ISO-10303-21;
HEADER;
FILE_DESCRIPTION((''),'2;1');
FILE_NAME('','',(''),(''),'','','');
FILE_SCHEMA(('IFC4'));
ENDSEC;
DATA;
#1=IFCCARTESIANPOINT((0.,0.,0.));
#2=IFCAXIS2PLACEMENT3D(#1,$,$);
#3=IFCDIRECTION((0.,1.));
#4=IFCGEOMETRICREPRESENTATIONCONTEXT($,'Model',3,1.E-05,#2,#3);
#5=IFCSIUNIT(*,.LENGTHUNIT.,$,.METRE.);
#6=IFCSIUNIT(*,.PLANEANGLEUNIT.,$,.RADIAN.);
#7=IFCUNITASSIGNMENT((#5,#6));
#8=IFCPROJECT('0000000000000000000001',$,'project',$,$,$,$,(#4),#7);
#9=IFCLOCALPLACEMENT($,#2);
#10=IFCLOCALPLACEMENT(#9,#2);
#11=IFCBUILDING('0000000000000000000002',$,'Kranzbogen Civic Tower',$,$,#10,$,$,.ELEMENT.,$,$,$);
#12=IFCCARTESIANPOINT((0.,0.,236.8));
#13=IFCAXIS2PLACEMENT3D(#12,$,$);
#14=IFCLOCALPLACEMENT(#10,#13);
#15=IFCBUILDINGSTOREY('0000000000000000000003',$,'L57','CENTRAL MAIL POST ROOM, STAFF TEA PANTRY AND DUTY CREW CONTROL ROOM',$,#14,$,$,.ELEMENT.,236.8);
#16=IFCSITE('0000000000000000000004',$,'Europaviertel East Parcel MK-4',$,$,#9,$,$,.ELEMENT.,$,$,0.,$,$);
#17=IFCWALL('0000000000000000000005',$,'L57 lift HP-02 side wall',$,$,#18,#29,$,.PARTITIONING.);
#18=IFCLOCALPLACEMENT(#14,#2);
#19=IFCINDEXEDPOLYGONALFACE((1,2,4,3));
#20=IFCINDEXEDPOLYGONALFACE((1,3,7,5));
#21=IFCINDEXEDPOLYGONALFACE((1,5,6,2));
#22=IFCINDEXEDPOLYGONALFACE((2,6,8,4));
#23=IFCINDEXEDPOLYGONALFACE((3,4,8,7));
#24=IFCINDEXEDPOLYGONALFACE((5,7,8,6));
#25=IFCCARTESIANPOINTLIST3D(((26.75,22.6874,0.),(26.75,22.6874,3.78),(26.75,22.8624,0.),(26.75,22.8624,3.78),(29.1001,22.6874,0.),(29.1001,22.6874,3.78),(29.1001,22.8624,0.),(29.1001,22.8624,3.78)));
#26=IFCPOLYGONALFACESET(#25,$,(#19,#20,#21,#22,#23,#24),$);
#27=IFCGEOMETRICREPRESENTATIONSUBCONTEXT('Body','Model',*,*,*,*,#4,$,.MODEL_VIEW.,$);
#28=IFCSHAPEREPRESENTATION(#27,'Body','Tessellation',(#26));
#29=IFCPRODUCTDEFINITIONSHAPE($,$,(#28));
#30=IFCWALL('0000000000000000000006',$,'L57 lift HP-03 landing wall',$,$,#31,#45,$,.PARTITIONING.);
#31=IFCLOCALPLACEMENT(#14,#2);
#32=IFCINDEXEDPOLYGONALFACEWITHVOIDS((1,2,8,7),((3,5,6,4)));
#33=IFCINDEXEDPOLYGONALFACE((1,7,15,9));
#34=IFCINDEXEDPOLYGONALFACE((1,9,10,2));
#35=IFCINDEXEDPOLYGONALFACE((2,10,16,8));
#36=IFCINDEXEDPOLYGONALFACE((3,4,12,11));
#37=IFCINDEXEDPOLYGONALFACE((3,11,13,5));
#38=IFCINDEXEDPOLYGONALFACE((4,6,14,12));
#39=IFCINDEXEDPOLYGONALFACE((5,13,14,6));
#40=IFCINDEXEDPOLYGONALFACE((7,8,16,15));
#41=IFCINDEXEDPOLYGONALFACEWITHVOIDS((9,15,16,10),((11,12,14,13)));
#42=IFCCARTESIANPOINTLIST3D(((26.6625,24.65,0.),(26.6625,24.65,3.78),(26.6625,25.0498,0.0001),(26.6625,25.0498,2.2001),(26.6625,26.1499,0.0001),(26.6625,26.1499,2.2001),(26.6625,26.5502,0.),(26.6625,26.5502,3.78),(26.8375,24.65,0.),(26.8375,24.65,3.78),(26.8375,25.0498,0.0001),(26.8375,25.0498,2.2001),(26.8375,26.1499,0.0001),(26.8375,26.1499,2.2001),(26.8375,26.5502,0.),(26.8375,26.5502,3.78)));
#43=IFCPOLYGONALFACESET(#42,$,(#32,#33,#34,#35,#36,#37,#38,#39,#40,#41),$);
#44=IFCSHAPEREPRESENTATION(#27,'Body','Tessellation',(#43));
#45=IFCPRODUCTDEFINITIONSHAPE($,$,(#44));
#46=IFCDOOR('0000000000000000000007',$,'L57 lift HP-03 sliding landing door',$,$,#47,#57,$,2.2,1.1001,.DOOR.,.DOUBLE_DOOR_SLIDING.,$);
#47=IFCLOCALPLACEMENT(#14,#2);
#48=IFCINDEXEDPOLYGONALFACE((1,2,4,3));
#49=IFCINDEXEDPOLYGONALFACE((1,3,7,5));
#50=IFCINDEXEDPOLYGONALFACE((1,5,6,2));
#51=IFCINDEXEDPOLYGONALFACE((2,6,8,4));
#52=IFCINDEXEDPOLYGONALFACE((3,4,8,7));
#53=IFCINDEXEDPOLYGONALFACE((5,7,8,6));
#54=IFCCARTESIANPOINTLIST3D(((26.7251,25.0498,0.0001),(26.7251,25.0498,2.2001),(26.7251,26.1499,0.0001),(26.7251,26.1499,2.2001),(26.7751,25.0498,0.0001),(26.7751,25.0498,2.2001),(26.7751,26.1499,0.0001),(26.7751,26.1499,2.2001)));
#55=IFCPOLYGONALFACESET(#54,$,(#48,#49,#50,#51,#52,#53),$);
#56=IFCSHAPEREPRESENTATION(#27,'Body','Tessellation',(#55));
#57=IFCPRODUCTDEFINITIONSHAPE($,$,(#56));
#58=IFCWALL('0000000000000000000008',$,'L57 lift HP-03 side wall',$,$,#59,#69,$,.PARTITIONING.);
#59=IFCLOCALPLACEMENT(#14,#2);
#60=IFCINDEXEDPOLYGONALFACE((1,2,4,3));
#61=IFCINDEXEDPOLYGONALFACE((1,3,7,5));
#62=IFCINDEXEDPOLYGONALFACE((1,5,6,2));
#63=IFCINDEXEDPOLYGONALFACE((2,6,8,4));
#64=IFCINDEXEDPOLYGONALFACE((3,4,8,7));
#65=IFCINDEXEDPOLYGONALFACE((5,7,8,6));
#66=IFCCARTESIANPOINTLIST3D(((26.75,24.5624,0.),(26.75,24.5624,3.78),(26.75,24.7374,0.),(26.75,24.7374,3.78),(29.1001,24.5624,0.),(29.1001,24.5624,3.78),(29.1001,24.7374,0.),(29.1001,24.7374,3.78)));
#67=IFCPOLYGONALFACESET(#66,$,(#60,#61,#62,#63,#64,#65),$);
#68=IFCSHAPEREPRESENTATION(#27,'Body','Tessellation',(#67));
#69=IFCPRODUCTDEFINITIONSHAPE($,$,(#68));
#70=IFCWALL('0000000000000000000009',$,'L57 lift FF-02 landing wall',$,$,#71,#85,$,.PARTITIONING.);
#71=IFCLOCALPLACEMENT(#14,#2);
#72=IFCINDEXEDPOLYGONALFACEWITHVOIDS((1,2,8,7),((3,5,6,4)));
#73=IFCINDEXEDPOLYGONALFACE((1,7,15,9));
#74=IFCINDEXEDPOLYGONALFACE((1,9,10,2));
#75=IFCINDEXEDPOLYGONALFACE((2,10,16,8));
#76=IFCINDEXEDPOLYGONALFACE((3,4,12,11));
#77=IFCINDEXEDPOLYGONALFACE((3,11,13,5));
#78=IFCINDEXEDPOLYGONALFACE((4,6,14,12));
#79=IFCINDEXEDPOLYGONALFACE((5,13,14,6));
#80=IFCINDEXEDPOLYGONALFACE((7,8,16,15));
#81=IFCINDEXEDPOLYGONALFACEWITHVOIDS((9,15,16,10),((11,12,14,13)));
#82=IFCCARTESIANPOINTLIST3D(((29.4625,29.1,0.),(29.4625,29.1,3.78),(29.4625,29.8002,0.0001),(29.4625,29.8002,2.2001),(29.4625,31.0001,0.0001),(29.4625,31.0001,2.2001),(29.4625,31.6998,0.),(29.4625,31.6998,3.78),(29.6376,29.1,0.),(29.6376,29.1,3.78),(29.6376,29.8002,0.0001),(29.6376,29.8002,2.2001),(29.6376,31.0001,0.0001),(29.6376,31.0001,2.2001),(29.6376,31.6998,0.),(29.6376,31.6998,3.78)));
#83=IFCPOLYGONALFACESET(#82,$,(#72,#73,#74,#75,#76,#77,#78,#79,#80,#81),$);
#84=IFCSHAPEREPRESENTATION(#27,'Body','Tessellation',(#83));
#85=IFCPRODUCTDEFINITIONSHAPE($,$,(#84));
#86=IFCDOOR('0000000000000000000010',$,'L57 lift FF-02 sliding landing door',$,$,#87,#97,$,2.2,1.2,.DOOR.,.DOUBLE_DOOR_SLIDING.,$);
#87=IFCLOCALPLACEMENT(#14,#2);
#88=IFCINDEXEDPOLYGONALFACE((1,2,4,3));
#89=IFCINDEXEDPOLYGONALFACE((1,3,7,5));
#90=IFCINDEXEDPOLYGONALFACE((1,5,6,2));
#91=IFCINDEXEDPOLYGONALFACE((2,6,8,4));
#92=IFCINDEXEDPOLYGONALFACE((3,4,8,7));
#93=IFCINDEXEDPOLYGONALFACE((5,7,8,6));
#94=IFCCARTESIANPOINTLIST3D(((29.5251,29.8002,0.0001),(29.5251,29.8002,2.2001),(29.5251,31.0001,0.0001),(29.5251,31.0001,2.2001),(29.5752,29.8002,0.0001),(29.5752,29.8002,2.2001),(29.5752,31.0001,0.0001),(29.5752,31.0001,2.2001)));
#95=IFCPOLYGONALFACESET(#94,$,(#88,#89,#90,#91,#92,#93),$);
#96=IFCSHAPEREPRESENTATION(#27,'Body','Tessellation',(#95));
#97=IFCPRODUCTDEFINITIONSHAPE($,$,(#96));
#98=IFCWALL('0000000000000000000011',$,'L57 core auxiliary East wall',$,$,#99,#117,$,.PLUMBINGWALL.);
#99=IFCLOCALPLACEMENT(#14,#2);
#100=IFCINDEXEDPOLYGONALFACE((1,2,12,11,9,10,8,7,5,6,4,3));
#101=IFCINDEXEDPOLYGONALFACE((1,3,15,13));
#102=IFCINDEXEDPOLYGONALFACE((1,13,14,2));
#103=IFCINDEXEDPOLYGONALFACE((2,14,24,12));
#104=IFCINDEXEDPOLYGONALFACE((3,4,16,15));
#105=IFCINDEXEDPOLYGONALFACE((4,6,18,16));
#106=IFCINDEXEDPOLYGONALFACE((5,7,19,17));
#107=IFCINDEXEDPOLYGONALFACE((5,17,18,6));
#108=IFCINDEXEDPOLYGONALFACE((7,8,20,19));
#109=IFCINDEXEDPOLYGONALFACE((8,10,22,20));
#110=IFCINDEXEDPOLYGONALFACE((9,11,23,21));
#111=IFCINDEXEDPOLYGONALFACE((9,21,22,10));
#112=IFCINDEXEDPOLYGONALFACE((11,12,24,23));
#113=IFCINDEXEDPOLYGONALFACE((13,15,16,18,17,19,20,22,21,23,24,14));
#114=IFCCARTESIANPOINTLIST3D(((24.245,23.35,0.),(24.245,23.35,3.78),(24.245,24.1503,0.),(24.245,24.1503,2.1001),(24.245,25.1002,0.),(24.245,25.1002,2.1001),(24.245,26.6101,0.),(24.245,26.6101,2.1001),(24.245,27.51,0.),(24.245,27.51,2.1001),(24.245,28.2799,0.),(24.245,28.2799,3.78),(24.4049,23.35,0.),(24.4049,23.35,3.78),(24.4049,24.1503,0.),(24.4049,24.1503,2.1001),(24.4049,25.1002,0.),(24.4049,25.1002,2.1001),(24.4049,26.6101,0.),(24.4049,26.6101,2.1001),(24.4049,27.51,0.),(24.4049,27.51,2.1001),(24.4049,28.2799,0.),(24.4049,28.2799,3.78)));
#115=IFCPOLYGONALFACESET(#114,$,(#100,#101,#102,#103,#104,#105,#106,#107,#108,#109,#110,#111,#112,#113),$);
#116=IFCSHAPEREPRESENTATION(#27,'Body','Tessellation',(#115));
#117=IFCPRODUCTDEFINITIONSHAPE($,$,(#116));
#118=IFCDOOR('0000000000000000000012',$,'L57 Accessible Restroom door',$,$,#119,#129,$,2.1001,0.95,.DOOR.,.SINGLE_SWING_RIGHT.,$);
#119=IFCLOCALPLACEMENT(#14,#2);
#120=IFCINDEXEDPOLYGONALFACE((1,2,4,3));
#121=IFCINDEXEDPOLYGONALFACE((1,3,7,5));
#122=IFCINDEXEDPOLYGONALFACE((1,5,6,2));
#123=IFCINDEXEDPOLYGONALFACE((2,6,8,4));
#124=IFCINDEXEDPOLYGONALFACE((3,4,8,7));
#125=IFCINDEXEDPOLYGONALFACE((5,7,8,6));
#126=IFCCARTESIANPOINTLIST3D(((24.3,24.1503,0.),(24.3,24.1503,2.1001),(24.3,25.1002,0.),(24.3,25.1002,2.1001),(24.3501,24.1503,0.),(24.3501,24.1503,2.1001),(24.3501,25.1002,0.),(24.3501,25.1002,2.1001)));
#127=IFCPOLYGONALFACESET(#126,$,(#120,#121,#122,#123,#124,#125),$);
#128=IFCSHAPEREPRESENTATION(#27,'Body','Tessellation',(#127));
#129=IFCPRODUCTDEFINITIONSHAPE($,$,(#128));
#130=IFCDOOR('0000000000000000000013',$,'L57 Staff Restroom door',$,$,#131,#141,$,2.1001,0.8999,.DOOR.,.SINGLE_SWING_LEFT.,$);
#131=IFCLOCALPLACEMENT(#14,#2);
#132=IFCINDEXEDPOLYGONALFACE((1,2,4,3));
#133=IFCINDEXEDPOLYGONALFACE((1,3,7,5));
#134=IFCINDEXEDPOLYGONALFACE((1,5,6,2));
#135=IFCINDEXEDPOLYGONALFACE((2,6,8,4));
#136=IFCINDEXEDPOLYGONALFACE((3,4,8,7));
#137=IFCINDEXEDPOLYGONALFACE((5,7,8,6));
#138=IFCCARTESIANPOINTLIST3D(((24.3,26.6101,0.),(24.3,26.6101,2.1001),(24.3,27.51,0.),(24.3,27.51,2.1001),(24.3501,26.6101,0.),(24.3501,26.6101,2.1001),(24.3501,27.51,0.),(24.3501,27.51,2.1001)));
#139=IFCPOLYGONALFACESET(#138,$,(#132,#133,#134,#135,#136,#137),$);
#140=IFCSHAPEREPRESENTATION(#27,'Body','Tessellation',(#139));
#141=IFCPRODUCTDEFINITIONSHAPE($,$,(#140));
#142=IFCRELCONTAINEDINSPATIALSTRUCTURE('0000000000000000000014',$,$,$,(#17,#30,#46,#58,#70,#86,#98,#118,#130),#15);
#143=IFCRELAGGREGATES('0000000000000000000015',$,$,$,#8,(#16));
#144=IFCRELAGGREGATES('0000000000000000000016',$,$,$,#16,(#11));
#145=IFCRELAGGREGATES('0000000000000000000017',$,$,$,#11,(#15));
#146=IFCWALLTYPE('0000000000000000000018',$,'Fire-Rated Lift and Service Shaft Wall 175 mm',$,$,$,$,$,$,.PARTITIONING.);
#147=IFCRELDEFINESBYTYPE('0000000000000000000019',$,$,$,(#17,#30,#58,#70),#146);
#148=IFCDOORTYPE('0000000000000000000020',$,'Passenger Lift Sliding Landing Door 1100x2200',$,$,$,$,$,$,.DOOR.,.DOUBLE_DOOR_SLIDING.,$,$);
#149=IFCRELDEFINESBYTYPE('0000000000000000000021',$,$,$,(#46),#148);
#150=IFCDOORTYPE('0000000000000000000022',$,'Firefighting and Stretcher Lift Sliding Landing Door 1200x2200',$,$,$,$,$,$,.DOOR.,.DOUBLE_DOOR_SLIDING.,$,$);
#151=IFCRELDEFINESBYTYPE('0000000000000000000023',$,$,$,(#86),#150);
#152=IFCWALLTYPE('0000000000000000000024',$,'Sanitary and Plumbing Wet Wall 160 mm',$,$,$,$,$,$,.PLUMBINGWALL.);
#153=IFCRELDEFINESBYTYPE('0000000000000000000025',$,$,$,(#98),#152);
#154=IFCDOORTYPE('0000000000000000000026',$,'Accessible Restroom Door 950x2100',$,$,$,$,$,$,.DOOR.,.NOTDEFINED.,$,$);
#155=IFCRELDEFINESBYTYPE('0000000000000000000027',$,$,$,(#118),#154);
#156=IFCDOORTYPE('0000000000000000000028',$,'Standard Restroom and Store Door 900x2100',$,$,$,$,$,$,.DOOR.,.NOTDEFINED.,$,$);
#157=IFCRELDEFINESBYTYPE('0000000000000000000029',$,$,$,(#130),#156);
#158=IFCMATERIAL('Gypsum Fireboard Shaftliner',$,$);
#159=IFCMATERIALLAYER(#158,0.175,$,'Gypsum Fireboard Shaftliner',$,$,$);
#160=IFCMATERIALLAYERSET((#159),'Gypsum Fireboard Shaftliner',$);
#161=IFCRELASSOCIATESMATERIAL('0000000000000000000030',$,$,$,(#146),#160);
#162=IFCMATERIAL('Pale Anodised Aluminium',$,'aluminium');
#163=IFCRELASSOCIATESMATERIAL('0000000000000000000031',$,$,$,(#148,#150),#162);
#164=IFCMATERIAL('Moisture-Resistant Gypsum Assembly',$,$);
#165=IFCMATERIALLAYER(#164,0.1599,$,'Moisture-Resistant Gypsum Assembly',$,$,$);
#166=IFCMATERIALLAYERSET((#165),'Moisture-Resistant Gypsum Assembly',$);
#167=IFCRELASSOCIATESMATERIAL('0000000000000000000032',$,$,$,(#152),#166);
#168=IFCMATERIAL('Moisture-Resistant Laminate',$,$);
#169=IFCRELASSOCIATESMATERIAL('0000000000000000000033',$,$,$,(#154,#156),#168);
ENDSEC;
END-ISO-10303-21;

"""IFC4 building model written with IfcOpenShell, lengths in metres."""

from ifc_helpers import new_model, si_unit, direction, frame, frame_2d, origin, place, context, subcontext, project, spatial, rectangle, extrude, material, layer, layer_set, type_object, element, fill, save


model = new_model("IFC4")

# Units and contexts
model_context = context("Model", 3, precision=1e-05, world=origin(), true_north=direction((0.0, 1.0)))
body_context = subcontext(model_context, "Body", "Model", "MODEL_VIEW")
ifc_project = project(units=[si_unit("LENGTHUNIT", "METRE"), si_unit("PLANEANGLEUNIT", "RADIAN")], contexts=[model_context])

# Site, building, storey
site_placement = place(None, origin())
site = spatial("IfcSite", under=ifc_project, at=site_placement, Name="Europaviertel East Parcel MK-4", CompositionType="ELEMENT", RefElevation=0.0)
building_placement = place(site_placement, origin())
building = spatial("IfcBuilding", under=site, at=building_placement, Name="Kranzbogen Civic Tower", CompositionType="ELEMENT")
storey_placement = place(building_placement, frame((0.0, 0.0, 236.8)))
storey = spatial("IfcBuildingStorey", under=building, at=storey_placement, Name="L57", Description="CENTRAL MAIL POST ROOM, STAFF TEA PANTRY AND DUTY CREW CONTROL ROOM", CompositionType="ELEMENT", Elevation=236.8)

# Shared definitions
ifc_material_1 = material(Name="Gypsum Fireboard Shaftliner")
ifc_layer_1 = layer(ifc_material_1, 0.175, Name="Gypsum Fireboard Shaftliner")
ifc_layer_set_1 = layer_set([ifc_layer_1], Name="Gypsum Fireboard Shaftliner")
wall_type_1 = type_object("IfcWallType", Name="Fire-Rated Lift and Service Shaft Wall 175 mm", PredefinedType="PARTITIONING", material=ifc_layer_set_1)
ifc_material_2 = material(Name="Pale Anodised Aluminium", Category="aluminium")
door_type_1 = type_object("IfcDoorType", Name="Passenger Lift Sliding Landing Door 1100x2200", OperationType="DOUBLE_DOOR_SLIDING", PredefinedType="DOOR", material=ifc_material_2)

# Wall
wall_1_placement = place(storey_placement, frame((26.75, 22.7749, 0.0), z_axis=(0.0, 0.0, 1.0), x_axis=(1.0, 0.0, 0.0)))
element("IfcWall", 1, at=wall_1_placement, inside=storey, type_object=wall_type_1, Name="L57 lift HP-02 side wall", PredefinedType="PARTITIONING", context=body_context, shape_type="SweptSolid", body=[
    extrude(rectangle(XDim=2.3501, YDim=0.175, at=frame_2d((1.175, 0.0))), origin(), (0.0, 0.0, 1.0), 3.78),
])

# Wall, opening, door
wall_2_placement = place(storey_placement, frame((26.75, 24.6499, 0.0), z_axis=(0.0, 0.0, 1.0), x_axis=(0.0, 1.0, 0.0)))
wall_2 = element("IfcWall", 2, at=wall_2_placement, inside=storey, type_object=wall_type_1, Name="L57 lift HP-03 landing wall", PredefinedType="PARTITIONING", context=body_context, shape_type="SweptSolid", body=[
    extrude(rectangle(XDim=1.9001, YDim=0.175, at=frame_2d((0.9502, 0.0))), origin(), (0.0, 0.0, 1.0), 3.78),
])
opening_1_placement = place(wall_2_placement, frame((0.3999, 0.0, 0.0)))
opening_1 = element("IfcOpeningElement", 3, at=opening_1_placement, cuts=wall_2, PredefinedType="OPENING", context=body_context, shape_type="SweptSolid", body=[
    extrude(rectangle(XDim=1.1001, YDim=2.2, at=frame_2d((0.55, 1.1001))), frame((0.0, 0.0977, 0.0), z_axis=(0.0, -1.0, 0.0), x_axis=(1.0, 0.0, 0.0)), (0.0, 0.0, 1.0), 0.1951),
])
door_1_placement = place(opening_1_placement, origin())
door_1 = element("IfcDoor", 4, at=door_1_placement, inside=storey, type_object=door_type_1, Name="L57 lift HP-03 sliding landing door", OperationType="DOUBLE_DOOR_SLIDING", OverallHeight=2.2, OverallWidth=1.1001, PredefinedType="DOOR", context=body_context, shape_type="SweptSolid", body=[
    extrude(rectangle(XDim=1.1001, YDim=2.2, at=frame_2d((0.55, 1.1001))), frame((0.0, 0.0249, 0.0), z_axis=(0.0, -1.0, 0.0), x_axis=(1.0, 0.0, 0.0)), (0.0, 0.0, 1.0), 0.05),
])
fill(opening_1, door_1)

# Wall
wall_3_placement = place(storey_placement, frame((26.75, 24.6499, 0.0), z_axis=(0.0, 0.0, 1.0), x_axis=(1.0, 0.0, 0.0)))
element("IfcWall", 5, at=wall_3_placement, inside=storey, type_object=wall_type_1, Name="L57 lift HP-03 side wall", PredefinedType="PARTITIONING", context=body_context, shape_type="SweptSolid", body=[
    extrude(rectangle(XDim=2.3501, YDim=0.175, at=frame_2d((1.175, 0.0))), origin(), (0.0, 0.0, 1.0), 3.78),
])

# Wall, opening, door
wall_4_placement = place(storey_placement, frame((29.55, 29.1001, 0.0), z_axis=(0.0, 0.0, 1.0), x_axis=(0.0, 1.0, 0.0)))
wall_4 = element("IfcWall", 6, at=wall_4_placement, inside=storey, type_object=wall_type_1, Name="L57 lift FF-02 landing wall", PredefinedType="PARTITIONING", context=body_context, shape_type="SweptSolid", body=[
    extrude(rectangle(XDim=2.5999, YDim=0.175, at=frame_2d((1.2998, 0.0))), origin(), (0.0, 0.0, 1.0), 3.78),
])
opening_2_placement = place(wall_4_placement, frame((0.7, 0.0, 0.0)))
opening_2 = element("IfcOpeningElement", 7, at=opening_2_placement, cuts=wall_4, PredefinedType="OPENING", context=body_context, shape_type="SweptSolid", body=[
    extrude(rectangle(XDim=1.2, YDim=2.2, at=frame_2d((0.6001, 1.1001))), frame((0.0, 0.0977, 0.0), z_axis=(0.0, -1.0, 0.0), x_axis=(1.0, 0.0, 0.0)), (0.0, 0.0, 1.0), 0.1951),
])
door_type_2 = type_object("IfcDoorType", Name="Firefighting and Stretcher Lift Sliding Landing Door 1200x2200", OperationType="DOUBLE_DOOR_SLIDING", PredefinedType="DOOR", material=ifc_material_2)
door_2_placement = place(opening_2_placement, origin())
door_2 = element("IfcDoor", 8, at=door_2_placement, inside=storey, type_object=door_type_2, Name="L57 lift FF-02 sliding landing door", OperationType="DOUBLE_DOOR_SLIDING", OverallHeight=2.2, OverallWidth=1.2, PredefinedType="DOOR", context=body_context, shape_type="SweptSolid", body=[
    extrude(rectangle(XDim=1.2, YDim=2.2, at=frame_2d((0.6001, 1.1001))), frame((0.0, 0.0249, 0.0), z_axis=(0.0, -1.0, 0.0), x_axis=(1.0, 0.0, 0.0)), (0.0, 0.0, 1.0), 0.05),
])
fill(opening_2, door_2)

# Wall, openings, doors
ifc_material_3 = material(Name="Moisture-Resistant Gypsum Assembly")
ifc_layer_2 = layer(ifc_material_3, 0.1599, Name="Moisture-Resistant Gypsum Assembly")
ifc_layer_set_2 = layer_set([ifc_layer_2], Name="Moisture-Resistant Gypsum Assembly")
wall_type_2 = type_object("IfcWallType", Name="Sanitary and Plumbing Wet Wall 160 mm", PredefinedType="PLUMBINGWALL", material=ifc_layer_set_2)
wall_5_placement = place(storey_placement, frame((24.325, 23.3501, 0.0), z_axis=(0.0, 0.0, 1.0), x_axis=(0.0, 1.0, 0.0)))
wall_5 = element("IfcWall", 9, at=wall_5_placement, inside=storey, type_object=wall_type_2, Name="L57 core auxiliary East wall", PredefinedType="PLUMBINGWALL", context=body_context, shape_type="SweptSolid", body=[
    extrude(rectangle(XDim=4.9299, YDim=0.1599, at=frame_2d((2.4648, 0.0))), origin(), (0.0, 0.0, 1.0), 3.78),
])
opening_3_placement = place(wall_5_placement, frame((0.8, 0.0, 0.0)))
opening_3 = element("IfcOpeningElement", 10, at=opening_3_placement, cuts=wall_5, PredefinedType="OPENING", context=body_context, shape_type="SweptSolid", body=[
    extrude(rectangle(XDim=0.95, YDim=2.1001, at=frame_2d((0.4751, 1.05))), frame((0.0, 0.0898, 0.0), z_axis=(0.0, -1.0, 0.0), x_axis=(1.0, 0.0, 0.0)), (0.0, 0.0, 1.0), 0.1799),
])
opening_4_placement = place(wall_5_placement, frame((3.26, 0.0, 0.0)))
opening_4 = element("IfcOpeningElement", 11, at=opening_4_placement, cuts=wall_5, PredefinedType="OPENING", context=body_context, shape_type="SweptSolid", body=[
    extrude(rectangle(XDim=0.8999, YDim=2.1001, at=frame_2d((0.45, 1.05))), frame((0.0, 0.0898, 0.0), z_axis=(0.0, -1.0, 0.0), x_axis=(1.0, 0.0, 0.0)), (0.0, 0.0, 1.0), 0.1799),
])
ifc_material_4 = material(Name="Moisture-Resistant Laminate")
door_type_3 = type_object("IfcDoorType", Name="Accessible Restroom Door 950x2100", OperationType="NOTDEFINED", PredefinedType="DOOR", material=ifc_material_4)
door_3_placement = place(opening_3_placement, origin())
door_3 = element("IfcDoor", 12, at=door_3_placement, inside=storey, type_object=door_type_3, Name="L57 Accessible Restroom door", OperationType="SINGLE_SWING_RIGHT", OverallHeight=2.1001, OverallWidth=0.95, PredefinedType="DOOR", context=body_context, shape_type="SweptSolid", body=[
    extrude(rectangle(XDim=0.95, YDim=2.1001, at=frame_2d((0.4751, 1.05))), frame((0.0, 0.0249, 0.0), z_axis=(0.0, -1.0, 0.0), x_axis=(1.0, 0.0, 0.0)), (0.0, 0.0, 1.0), 0.05),
])
fill(opening_3, door_3)
door_type_4 = type_object("IfcDoorType", Name="Standard Restroom and Store Door 900x2100", OperationType="NOTDEFINED", PredefinedType="DOOR", material=ifc_material_4)
door_4_placement = place(opening_4_placement, origin())
door_4 = element("IfcDoor", 13, at=door_4_placement, inside=storey, type_object=door_type_4, Name="L57 Staff Restroom door", OperationType="SINGLE_SWING_LEFT", OverallHeight=2.1001, OverallWidth=0.8999, PredefinedType="DOOR", context=body_context, shape_type="SweptSolid", body=[
    extrude(rectangle(XDim=0.8999, YDim=2.1001, at=frame_2d((0.45, 1.05))), frame((0.0, 0.0249, 0.0), z_axis=(0.0, -1.0, 0.0), x_axis=(1.0, 0.0, 0.0)), (0.0, 0.0, 1.0), 0.05),
])
fill(opening_4, door_4)

save(model, "model.ifc")
